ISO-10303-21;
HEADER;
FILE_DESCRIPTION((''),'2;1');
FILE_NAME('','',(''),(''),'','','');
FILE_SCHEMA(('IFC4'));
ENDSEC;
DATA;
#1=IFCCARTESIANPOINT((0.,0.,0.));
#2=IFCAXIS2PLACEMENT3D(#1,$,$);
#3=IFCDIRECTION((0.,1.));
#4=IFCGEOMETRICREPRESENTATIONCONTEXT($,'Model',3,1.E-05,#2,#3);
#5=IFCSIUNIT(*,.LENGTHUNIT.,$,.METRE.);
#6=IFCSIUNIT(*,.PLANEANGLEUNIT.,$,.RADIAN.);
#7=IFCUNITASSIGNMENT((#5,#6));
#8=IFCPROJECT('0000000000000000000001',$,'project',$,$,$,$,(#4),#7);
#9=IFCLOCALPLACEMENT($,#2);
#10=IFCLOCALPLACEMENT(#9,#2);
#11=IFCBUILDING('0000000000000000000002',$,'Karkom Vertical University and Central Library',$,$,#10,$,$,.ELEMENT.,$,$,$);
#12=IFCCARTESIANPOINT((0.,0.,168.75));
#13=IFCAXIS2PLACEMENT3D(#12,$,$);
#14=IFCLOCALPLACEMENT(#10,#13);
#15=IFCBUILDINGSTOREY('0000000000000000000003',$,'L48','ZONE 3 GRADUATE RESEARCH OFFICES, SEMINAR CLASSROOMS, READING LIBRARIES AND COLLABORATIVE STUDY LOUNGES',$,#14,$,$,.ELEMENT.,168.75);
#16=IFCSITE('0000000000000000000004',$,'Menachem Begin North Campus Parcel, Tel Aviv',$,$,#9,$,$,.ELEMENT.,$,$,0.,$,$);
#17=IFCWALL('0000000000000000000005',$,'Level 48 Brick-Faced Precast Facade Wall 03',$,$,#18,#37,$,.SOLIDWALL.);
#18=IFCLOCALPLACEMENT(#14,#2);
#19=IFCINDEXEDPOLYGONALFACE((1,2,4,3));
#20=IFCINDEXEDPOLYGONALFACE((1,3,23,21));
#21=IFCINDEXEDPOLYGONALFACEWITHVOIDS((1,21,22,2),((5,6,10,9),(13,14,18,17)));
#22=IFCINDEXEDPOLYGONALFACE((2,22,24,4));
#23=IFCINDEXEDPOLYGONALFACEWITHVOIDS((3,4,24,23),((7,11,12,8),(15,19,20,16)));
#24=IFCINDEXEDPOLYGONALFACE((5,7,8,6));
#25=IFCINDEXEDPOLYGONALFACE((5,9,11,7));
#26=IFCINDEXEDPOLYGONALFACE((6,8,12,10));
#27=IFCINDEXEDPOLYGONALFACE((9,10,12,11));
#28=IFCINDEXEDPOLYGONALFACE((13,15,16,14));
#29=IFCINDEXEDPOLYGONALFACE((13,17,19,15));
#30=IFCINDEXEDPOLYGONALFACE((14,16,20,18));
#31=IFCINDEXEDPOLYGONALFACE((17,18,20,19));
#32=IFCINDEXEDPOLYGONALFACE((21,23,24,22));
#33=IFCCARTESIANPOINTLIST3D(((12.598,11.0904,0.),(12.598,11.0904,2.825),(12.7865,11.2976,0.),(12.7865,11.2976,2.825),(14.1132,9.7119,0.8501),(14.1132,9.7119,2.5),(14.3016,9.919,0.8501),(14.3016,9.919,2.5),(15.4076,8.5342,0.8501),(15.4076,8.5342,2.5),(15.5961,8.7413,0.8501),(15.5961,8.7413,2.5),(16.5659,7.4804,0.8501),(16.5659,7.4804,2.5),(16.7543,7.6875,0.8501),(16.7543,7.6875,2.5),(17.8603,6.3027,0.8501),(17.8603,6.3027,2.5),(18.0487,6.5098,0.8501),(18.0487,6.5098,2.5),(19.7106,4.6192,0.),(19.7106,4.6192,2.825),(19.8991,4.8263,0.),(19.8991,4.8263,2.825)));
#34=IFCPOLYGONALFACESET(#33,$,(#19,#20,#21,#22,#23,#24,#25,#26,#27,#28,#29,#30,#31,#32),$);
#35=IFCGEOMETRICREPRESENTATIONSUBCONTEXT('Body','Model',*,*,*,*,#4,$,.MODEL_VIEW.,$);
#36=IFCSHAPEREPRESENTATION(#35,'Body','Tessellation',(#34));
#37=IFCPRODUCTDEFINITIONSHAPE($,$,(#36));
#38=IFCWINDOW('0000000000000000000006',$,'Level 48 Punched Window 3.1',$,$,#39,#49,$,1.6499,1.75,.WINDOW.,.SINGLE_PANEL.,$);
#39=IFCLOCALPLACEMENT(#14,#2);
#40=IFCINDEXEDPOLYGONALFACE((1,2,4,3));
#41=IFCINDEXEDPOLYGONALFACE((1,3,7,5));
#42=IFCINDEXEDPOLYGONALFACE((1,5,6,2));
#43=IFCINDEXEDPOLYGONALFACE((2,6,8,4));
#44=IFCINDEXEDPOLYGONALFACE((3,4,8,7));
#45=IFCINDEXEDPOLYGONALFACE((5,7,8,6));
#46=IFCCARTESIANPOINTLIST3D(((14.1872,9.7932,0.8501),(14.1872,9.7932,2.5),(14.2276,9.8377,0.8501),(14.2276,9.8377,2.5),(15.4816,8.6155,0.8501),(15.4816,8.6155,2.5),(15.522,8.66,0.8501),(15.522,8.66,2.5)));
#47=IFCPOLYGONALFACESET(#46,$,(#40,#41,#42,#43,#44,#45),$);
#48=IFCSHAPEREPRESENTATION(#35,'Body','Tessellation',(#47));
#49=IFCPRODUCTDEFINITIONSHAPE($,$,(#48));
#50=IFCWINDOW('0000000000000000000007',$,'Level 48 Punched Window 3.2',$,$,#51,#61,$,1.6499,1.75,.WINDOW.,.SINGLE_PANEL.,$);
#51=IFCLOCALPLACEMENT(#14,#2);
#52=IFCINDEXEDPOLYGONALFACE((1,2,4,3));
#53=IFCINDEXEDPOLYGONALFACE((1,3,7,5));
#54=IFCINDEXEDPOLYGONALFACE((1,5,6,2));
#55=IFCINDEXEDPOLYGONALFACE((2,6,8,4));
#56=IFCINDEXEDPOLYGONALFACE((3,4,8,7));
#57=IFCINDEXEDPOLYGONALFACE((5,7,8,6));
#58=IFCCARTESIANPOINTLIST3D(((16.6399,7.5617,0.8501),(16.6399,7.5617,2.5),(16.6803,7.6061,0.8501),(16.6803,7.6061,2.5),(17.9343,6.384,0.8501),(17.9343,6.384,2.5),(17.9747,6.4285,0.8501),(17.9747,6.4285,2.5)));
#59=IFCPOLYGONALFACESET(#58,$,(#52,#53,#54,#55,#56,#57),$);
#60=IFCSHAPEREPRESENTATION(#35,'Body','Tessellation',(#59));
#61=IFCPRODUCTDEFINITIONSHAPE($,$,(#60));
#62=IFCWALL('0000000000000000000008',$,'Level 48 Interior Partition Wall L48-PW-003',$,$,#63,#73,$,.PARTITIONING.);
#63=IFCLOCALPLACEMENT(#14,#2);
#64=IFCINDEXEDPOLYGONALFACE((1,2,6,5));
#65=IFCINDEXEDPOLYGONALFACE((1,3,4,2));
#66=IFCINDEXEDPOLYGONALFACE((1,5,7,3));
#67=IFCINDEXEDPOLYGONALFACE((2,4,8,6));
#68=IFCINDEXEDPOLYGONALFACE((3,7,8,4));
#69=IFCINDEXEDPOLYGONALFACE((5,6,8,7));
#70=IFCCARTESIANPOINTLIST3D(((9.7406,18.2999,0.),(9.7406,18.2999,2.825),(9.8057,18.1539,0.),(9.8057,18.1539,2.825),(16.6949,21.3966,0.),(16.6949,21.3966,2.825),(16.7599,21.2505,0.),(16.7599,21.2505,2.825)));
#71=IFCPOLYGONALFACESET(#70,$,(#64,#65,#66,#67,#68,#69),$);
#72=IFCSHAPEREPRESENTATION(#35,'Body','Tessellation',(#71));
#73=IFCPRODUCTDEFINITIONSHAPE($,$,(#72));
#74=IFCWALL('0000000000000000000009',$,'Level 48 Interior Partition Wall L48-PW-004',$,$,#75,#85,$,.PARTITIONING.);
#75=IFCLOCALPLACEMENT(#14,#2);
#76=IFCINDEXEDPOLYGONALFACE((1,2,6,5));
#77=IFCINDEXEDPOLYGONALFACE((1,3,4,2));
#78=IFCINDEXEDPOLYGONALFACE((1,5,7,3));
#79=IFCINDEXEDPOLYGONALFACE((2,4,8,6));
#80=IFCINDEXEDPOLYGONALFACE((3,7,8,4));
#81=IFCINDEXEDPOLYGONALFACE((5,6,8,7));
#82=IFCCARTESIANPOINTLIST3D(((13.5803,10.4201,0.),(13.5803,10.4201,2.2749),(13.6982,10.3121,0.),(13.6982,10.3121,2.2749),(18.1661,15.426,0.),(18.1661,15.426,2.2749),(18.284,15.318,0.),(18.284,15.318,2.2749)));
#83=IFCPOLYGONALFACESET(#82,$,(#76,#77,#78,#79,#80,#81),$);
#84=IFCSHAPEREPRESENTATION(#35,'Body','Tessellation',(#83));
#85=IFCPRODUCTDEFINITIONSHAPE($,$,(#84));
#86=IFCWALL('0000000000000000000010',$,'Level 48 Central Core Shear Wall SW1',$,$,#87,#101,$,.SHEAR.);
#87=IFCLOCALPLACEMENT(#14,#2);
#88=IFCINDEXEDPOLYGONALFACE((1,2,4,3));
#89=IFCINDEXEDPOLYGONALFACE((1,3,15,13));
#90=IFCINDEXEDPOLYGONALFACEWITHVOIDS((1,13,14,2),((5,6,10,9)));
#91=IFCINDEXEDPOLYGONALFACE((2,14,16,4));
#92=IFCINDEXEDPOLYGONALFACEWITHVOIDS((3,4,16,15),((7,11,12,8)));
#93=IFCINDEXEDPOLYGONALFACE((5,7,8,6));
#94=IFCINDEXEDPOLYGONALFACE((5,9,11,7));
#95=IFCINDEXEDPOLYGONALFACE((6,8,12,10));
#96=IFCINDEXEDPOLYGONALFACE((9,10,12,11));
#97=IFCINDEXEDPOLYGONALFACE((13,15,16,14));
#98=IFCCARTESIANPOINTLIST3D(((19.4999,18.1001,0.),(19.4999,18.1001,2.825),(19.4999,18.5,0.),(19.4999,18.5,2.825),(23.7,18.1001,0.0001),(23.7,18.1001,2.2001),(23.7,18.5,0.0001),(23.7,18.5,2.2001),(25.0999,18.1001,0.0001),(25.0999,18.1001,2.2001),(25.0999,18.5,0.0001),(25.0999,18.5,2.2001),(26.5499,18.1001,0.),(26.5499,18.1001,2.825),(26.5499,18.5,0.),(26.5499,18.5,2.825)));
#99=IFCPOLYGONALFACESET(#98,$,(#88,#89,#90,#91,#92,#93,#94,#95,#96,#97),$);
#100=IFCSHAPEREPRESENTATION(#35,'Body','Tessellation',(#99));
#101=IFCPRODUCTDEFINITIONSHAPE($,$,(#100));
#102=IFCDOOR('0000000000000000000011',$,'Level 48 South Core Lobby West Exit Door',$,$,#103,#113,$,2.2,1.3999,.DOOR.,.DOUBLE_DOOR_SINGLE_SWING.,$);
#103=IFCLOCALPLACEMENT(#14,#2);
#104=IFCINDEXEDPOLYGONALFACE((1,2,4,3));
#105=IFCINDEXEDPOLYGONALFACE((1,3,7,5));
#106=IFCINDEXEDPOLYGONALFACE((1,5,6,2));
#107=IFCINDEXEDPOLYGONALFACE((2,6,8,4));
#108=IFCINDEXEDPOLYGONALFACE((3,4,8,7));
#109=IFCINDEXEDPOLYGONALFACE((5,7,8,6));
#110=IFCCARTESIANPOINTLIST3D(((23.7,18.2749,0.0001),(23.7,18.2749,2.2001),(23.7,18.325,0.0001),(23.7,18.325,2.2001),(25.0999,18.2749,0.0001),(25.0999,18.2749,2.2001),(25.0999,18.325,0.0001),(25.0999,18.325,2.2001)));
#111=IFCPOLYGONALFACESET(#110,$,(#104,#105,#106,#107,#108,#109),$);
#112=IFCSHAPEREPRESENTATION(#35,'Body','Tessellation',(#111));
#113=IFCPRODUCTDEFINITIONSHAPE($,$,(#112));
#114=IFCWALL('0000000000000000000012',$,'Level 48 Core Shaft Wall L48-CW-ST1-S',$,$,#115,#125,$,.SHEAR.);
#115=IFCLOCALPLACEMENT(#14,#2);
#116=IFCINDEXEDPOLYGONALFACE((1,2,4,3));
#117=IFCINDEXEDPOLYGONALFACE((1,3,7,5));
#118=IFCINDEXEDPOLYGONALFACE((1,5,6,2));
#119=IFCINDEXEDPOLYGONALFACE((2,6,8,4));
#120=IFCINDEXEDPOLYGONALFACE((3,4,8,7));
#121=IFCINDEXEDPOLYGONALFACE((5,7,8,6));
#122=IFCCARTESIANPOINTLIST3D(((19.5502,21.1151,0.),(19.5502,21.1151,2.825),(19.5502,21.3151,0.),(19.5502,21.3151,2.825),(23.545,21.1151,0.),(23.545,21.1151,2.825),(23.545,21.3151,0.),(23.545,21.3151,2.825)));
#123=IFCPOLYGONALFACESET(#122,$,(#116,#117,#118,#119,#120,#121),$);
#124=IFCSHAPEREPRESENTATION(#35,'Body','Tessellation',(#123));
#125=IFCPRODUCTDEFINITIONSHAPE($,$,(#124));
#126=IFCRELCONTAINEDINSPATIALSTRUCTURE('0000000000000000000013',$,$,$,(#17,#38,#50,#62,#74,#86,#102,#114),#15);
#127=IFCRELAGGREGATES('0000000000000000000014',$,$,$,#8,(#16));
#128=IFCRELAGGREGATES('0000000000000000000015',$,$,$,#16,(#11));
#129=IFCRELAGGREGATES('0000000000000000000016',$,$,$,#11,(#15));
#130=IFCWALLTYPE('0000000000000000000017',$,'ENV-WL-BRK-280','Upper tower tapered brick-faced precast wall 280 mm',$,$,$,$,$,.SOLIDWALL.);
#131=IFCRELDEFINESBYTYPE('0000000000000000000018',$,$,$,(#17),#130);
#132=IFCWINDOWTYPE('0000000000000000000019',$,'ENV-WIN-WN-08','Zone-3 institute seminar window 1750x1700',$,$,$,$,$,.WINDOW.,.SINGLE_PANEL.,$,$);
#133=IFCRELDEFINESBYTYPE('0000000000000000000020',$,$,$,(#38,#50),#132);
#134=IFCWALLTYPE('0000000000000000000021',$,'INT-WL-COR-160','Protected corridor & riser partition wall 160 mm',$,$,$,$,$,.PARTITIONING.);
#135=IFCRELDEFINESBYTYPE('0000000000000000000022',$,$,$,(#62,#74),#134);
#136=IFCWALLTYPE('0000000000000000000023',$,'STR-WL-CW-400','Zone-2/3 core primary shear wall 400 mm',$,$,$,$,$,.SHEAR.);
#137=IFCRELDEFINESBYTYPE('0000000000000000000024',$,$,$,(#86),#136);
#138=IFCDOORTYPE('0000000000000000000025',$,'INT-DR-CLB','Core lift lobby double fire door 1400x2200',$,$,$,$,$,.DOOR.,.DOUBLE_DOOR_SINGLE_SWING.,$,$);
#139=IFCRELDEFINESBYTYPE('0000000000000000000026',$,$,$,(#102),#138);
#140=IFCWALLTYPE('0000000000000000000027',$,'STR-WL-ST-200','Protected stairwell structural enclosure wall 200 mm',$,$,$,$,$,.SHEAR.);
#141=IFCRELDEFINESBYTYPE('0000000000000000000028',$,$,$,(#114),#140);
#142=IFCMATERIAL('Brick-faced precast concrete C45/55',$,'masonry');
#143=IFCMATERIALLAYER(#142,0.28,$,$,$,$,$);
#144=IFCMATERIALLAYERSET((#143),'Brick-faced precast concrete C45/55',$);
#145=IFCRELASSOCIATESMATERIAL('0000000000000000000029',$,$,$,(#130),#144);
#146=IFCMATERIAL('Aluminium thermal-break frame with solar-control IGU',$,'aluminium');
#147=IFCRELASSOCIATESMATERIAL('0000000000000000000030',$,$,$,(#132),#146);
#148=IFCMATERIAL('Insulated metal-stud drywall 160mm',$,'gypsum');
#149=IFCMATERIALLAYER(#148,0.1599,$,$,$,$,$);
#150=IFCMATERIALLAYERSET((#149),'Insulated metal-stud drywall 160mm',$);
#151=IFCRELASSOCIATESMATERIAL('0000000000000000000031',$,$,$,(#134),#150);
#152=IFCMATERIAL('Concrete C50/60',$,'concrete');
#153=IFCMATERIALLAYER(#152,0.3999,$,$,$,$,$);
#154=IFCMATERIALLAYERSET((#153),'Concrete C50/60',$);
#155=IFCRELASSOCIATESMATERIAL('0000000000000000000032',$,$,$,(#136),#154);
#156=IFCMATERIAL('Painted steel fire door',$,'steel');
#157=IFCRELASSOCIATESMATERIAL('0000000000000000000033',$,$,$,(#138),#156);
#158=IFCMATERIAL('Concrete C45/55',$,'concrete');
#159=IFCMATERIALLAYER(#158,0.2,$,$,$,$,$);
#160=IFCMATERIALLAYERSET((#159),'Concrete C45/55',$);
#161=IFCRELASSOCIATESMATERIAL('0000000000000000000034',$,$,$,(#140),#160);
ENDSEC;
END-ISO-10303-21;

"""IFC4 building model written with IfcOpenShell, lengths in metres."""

from ifc_helpers import new_model, si_unit, direction, frame, frame_2d, origin, origin_with_axes, place, context, subcontext, project, spatial, rectangle, extrude, source, transform, mapped, material, layer, layer_set, type_object, element, fill, save


model = new_model("IFC4")

# Units and contexts
model_context = context("Model", 3, precision=1e-05, world=origin(), true_north=direction((0.0, 1.0)))
body_context = subcontext(model_context, "Body", "Model", "MODEL_VIEW")
ifc_project = project(units=[si_unit("LENGTHUNIT", "METRE"), si_unit("PLANEANGLEUNIT", "RADIAN")], contexts=[model_context])

# Site, building, storey
site_placement = place(None, origin())
site = spatial("IfcSite", under=ifc_project, at=site_placement, Name="Menachem Begin North Campus Parcel, Tel Aviv", CompositionType="ELEMENT", RefElevation=0.0)
building_placement = place(site_placement, origin())
building = spatial("IfcBuilding", under=site, at=building_placement, Name="Karkom Vertical University and Central Library", CompositionType="ELEMENT")
storey_placement = place(building_placement, frame((0.0, 0.0, 168.75)))
storey = spatial("IfcBuildingStorey", under=building, at=storey_placement, Name="L48", Description="ZONE 3 GRADUATE RESEARCH OFFICES, SEMINAR CLASSROOMS, READING LIBRARIES AND COLLABORATIVE STUDY LOUNGES", CompositionType="ELEMENT", Elevation=168.75)

# Shared definitions
ifc_material_1 = material(Name="Concrete C50/60", Category="concrete")

# Shared definitions
ifc_material_2 = material(Name="Concrete C45/55", Category="concrete")

# Wall, openings, windows
ifc_material_3 = material(Name="Brick-faced precast concrete C45/55", Category="masonry")
ifc_layer_1 = layer(ifc_material_3, 0.28)
ifc_layer_set_1 = layer_set([ifc_layer_1], Name="Brick-faced precast concrete C45/55")
wall_type_1 = type_object("IfcWallType", Name="ENV-WL-BRK-280", Description="Upper tower tapered brick-faced precast wall 280 mm", PredefinedType="SOLIDWALL", material=ifc_layer_set_1)
wall_1_placement = place(storey_placement, frame((12.6921, 11.1941, 0.0), z_axis=(0.0, 0.0, 1.0), x_axis=(0.739669, -0.672971, 0.0)))
wall_1 = element("IfcWall", 1, at=wall_1_placement, inside=storey, type_object=wall_type_1, Name="Level 48 Brick-Faced Precast Facade Wall 03", PredefinedType="SOLIDWALL", context=body_context, shape_type="SweptSolid", body=[
    extrude(rectangle(XDim=9.616, YDim=0.28, at=frame_2d((4.8081, 0.0))), origin(), (0.0, 0.0, 1.0), 2.825),
])
opening_1_placement = place(wall_1_placement, frame((2.0486, 0.0, 0.8501)))
opening_1 = element("IfcOpeningElement", 2, at=opening_1_placement, cuts=wall_1, PredefinedType="OPENING", context=body_context, shape_type="SweptSolid", body=[
    extrude(rectangle(XDim=1.75, YDim=1.6499, at=frame_2d((0.875, 0.825))), frame((0.0, 0.1499, 0.0), z_axis=(0.0, -1.0, 0.0), x_axis=(1.0, 0.0, 0.0)), (0.0, 0.0, 1.0), 0.3),
])
opening_2_placement = place(wall_1_placement, frame((5.3645, 0.0, 0.8501)))
opening_2 = element("IfcOpeningElement", 3, at=opening_2_placement, cuts=wall_1, PredefinedType="OPENING", context=body_context, shape_type="SweptSolid", body=[
    extrude(rectangle(XDim=1.75, YDim=1.6499, at=frame_2d((0.875, 0.825))), frame((0.0, 0.1499, 0.0), z_axis=(0.0, -1.0, 0.0), x_axis=(1.0, 0.0, 0.0)), (0.0, 0.0, 1.0), 0.3),
])
ifc_material_4 = material(Name="Aluminium thermal-break frame with solar-control IGU", Category="aluminium")
window_type = type_object("IfcWindowType", Name="ENV-WIN-WN-08", Description="Zone-3 institute seminar window 1750x1700", PartitioningType="SINGLE_PANEL", PredefinedType="WINDOW", material=ifc_material_4)
shared_shape_1 = source(origin_with_axes(), body_context, "Body", "SweptSolid", [
    extrude(rectangle(XDim=1.75, YDim=1.6499, at=frame_2d((0.875, 0.825))), frame((0.0, 0.03, 0.0), z_axis=(0.0, -1.0, 0.0), x_axis=(1.0, 0.0, 0.0)), (0.0, 0.0, 1.0), 0.0601),
])
window_1_placement = place(opening_1_placement, origin())
window_1 = element("IfcWindow", 4, at=window_1_placement, inside=storey, type_object=window_type, Name="Level 48 Punched Window 3.1", OverallHeight=1.6499, OverallWidth=1.75, PartitioningType="SINGLE_PANEL", PredefinedType="WINDOW", context=body_context, shape_type="MappedRepresentation", body=[
    mapped(shared_shape_1, transform((0.0, 0.0, 0.0), scale=1.0)),
])
fill(opening_1, window_1)
window_2_placement = place(opening_2_placement, origin())
window_2 = element("IfcWindow", 5, at=window_2_placement, inside=storey, type_object=window_type, Name="Level 48 Punched Window 3.2", OverallHeight=1.6499, OverallWidth=1.75, PartitioningType="SINGLE_PANEL", PredefinedType="WINDOW", context=body_context, shape_type="MappedRepresentation", body=[
    mapped(shared_shape_1, transform((0.0, 0.0, 0.0), scale=1.0)),
])
fill(opening_2, window_2)

# Shared definitions
ifc_material_5 = material(Name="Insulated metal-stud drywall 160mm", Category="gypsum")
ifc_layer_2 = layer(ifc_material_5, 0.1599)
ifc_layer_set_2 = layer_set([ifc_layer_2], Name="Insulated metal-stud drywall 160mm")
wall_type_2 = type_object("IfcWallType", Name="INT-WL-COR-160", Description="Protected corridor & riser partition wall 160 mm", PredefinedType="PARTITIONING", material=ifc_layer_set_2)

# Walls
wall_2_placement = place(storey_placement, frame((16.7273, 21.3235, 0.0), z_axis=(0.0, 0.0, 1.0), x_axis=(-0.913526, -0.406781, 0.0)))
element("IfcWall", 6, at=wall_2_placement, inside=storey, type_object=wall_type_2, Name="Level 48 Interior Partition Wall L48-PW-003", PredefinedType="PARTITIONING", context=body_context, shape_type="SweptSolid", body=[
    extrude(rectangle(XDim=7.6125, YDim=0.1599, at=frame_2d((3.8062, 0.0))), origin(), (0.0, 0.0, 1.0), 2.825),
])
wall_3_placement = place(storey_placement, frame((18.2251, 15.3721, 0.0), z_axis=(0.0, 0.0, 1.0), x_axis=(-0.675484, -0.737375, 0.0)))
element("IfcWall", 7, at=wall_3_placement, inside=storey, type_object=wall_type_2, Name="Level 48 Interior Partition Wall L48-PW-004", PredefinedType="PARTITIONING", context=body_context, shape_type="SweptSolid", body=[
    extrude(rectangle(XDim=6.7888, YDim=0.1599, at=frame_2d((3.3945, 0.0))), origin(), (0.0, 0.0, 1.0), 2.2749),
])

# Wall, opening, door
ifc_layer_3 = layer(ifc_material_1, 0.3999)
ifc_layer_set_3 = layer_set([ifc_layer_3], Name="Concrete C50/60")
wall_type_3 = type_object("IfcWallType", Name="STR-WL-CW-400", Description="Zone-2/3 core primary shear wall 400 mm", PredefinedType="SHEAR", material=ifc_layer_set_3)
wall_4_placement = place(storey_placement, frame((19.5, 18.3, 0.0), z_axis=(0.0, 0.0, 1.0), x_axis=(1.0, 0.0, 0.0)))
wall_4 = element("IfcWall", 8, at=wall_4_placement, inside=storey, type_object=wall_type_3, Name="Level 48 Central Core Shear Wall SW1", PredefinedType="SHEAR", context=body_context, shape_type="SweptSolid", body=[
    extrude(rectangle(XDim=7.05, YDim=0.3999, at=frame_2d((3.5249, 0.0))), origin(), (0.0, 0.0, 1.0), 2.825),
])
opening_3_placement = place(wall_4_placement, frame((4.2, 0.0, 0.0)))
opening_3 = element("IfcOpeningElement", 9, at=opening_3_placement, cuts=wall_4, PredefinedType="OPENING", context=body_context, shape_type="SweptSolid", body=[
    extrude(rectangle(XDim=1.3999, YDim=2.2, at=frame_2d((0.7, 1.1001))), frame((0.0, 0.21, 0.0), z_axis=(0.0, -1.0, 0.0), x_axis=(1.0, 0.0, 0.0)), (0.0, 0.0, 1.0), 0.4199),
])
ifc_material_6 = material(Name="Painted steel fire door", Category="steel")
door_type_1 = type_object("IfcDoorType", Name="INT-DR-CLB", Description="Core lift lobby double fire door 1400x2200", OperationType="DOUBLE_DOOR_SINGLE_SWING", PredefinedType="DOOR", material=ifc_material_6)
shared_shape_2 = source(origin_with_axes(), body_context, "Body", "SweptSolid", [
    extrude(rectangle(XDim=1.3999, YDim=2.2, at=frame_2d((0.7, 1.1001))), frame((0.0, 0.0249, 0.0), z_axis=(0.0, -1.0, 0.0), x_axis=(1.0, 0.0, 0.0)), (0.0, 0.0, 1.0), 0.05),
])
door_1_placement = place(opening_3_placement, origin())
door_1 = element("IfcDoor", 10, at=door_1_placement, inside=storey, type_object=door_type_1, Name="Level 48 South Core Lobby West Exit Door", OperationType="DOUBLE_DOOR_SINGLE_SWING", OverallHeight=2.2, OverallWidth=1.3999, PredefinedType="DOOR", context=body_context, shape_type="MappedRepresentation", body=[
    mapped(shared_shape_2, transform((0.0, 0.0, 0.0), scale=1.0)),
])
fill(opening_3, door_1)

# Wall
ifc_layer_4 = layer(ifc_material_2, 0.2)
ifc_layer_set_4 = layer_set([ifc_layer_4], Name="Concrete C45/55")
wall_type_4 = type_object("IfcWallType", Name="STR-WL-ST-200", Description="Protected stairwell structural enclosure wall 200 mm", PredefinedType="SHEAR", material=ifc_layer_set_4)
wall_5_placement = place(storey_placement, frame((19.55, 21.2151, 0.0), z_axis=(0.0, 0.0, 1.0), x_axis=(1.0, 0.0, 0.0)))
element("IfcWall", 11, at=wall_5_placement, inside=storey, type_object=wall_type_4, Name="Level 48 Core Shaft Wall L48-CW-ST1-S", PredefinedType="SHEAR", context=body_context, shape_type="SweptSolid", body=[
    extrude(rectangle(XDim=3.9949, YDim=0.2, at=frame_2d((1.9976, 0.0))), origin(), (0.0, 0.0, 1.0), 2.825),
])

save(model, "model.ifc")
